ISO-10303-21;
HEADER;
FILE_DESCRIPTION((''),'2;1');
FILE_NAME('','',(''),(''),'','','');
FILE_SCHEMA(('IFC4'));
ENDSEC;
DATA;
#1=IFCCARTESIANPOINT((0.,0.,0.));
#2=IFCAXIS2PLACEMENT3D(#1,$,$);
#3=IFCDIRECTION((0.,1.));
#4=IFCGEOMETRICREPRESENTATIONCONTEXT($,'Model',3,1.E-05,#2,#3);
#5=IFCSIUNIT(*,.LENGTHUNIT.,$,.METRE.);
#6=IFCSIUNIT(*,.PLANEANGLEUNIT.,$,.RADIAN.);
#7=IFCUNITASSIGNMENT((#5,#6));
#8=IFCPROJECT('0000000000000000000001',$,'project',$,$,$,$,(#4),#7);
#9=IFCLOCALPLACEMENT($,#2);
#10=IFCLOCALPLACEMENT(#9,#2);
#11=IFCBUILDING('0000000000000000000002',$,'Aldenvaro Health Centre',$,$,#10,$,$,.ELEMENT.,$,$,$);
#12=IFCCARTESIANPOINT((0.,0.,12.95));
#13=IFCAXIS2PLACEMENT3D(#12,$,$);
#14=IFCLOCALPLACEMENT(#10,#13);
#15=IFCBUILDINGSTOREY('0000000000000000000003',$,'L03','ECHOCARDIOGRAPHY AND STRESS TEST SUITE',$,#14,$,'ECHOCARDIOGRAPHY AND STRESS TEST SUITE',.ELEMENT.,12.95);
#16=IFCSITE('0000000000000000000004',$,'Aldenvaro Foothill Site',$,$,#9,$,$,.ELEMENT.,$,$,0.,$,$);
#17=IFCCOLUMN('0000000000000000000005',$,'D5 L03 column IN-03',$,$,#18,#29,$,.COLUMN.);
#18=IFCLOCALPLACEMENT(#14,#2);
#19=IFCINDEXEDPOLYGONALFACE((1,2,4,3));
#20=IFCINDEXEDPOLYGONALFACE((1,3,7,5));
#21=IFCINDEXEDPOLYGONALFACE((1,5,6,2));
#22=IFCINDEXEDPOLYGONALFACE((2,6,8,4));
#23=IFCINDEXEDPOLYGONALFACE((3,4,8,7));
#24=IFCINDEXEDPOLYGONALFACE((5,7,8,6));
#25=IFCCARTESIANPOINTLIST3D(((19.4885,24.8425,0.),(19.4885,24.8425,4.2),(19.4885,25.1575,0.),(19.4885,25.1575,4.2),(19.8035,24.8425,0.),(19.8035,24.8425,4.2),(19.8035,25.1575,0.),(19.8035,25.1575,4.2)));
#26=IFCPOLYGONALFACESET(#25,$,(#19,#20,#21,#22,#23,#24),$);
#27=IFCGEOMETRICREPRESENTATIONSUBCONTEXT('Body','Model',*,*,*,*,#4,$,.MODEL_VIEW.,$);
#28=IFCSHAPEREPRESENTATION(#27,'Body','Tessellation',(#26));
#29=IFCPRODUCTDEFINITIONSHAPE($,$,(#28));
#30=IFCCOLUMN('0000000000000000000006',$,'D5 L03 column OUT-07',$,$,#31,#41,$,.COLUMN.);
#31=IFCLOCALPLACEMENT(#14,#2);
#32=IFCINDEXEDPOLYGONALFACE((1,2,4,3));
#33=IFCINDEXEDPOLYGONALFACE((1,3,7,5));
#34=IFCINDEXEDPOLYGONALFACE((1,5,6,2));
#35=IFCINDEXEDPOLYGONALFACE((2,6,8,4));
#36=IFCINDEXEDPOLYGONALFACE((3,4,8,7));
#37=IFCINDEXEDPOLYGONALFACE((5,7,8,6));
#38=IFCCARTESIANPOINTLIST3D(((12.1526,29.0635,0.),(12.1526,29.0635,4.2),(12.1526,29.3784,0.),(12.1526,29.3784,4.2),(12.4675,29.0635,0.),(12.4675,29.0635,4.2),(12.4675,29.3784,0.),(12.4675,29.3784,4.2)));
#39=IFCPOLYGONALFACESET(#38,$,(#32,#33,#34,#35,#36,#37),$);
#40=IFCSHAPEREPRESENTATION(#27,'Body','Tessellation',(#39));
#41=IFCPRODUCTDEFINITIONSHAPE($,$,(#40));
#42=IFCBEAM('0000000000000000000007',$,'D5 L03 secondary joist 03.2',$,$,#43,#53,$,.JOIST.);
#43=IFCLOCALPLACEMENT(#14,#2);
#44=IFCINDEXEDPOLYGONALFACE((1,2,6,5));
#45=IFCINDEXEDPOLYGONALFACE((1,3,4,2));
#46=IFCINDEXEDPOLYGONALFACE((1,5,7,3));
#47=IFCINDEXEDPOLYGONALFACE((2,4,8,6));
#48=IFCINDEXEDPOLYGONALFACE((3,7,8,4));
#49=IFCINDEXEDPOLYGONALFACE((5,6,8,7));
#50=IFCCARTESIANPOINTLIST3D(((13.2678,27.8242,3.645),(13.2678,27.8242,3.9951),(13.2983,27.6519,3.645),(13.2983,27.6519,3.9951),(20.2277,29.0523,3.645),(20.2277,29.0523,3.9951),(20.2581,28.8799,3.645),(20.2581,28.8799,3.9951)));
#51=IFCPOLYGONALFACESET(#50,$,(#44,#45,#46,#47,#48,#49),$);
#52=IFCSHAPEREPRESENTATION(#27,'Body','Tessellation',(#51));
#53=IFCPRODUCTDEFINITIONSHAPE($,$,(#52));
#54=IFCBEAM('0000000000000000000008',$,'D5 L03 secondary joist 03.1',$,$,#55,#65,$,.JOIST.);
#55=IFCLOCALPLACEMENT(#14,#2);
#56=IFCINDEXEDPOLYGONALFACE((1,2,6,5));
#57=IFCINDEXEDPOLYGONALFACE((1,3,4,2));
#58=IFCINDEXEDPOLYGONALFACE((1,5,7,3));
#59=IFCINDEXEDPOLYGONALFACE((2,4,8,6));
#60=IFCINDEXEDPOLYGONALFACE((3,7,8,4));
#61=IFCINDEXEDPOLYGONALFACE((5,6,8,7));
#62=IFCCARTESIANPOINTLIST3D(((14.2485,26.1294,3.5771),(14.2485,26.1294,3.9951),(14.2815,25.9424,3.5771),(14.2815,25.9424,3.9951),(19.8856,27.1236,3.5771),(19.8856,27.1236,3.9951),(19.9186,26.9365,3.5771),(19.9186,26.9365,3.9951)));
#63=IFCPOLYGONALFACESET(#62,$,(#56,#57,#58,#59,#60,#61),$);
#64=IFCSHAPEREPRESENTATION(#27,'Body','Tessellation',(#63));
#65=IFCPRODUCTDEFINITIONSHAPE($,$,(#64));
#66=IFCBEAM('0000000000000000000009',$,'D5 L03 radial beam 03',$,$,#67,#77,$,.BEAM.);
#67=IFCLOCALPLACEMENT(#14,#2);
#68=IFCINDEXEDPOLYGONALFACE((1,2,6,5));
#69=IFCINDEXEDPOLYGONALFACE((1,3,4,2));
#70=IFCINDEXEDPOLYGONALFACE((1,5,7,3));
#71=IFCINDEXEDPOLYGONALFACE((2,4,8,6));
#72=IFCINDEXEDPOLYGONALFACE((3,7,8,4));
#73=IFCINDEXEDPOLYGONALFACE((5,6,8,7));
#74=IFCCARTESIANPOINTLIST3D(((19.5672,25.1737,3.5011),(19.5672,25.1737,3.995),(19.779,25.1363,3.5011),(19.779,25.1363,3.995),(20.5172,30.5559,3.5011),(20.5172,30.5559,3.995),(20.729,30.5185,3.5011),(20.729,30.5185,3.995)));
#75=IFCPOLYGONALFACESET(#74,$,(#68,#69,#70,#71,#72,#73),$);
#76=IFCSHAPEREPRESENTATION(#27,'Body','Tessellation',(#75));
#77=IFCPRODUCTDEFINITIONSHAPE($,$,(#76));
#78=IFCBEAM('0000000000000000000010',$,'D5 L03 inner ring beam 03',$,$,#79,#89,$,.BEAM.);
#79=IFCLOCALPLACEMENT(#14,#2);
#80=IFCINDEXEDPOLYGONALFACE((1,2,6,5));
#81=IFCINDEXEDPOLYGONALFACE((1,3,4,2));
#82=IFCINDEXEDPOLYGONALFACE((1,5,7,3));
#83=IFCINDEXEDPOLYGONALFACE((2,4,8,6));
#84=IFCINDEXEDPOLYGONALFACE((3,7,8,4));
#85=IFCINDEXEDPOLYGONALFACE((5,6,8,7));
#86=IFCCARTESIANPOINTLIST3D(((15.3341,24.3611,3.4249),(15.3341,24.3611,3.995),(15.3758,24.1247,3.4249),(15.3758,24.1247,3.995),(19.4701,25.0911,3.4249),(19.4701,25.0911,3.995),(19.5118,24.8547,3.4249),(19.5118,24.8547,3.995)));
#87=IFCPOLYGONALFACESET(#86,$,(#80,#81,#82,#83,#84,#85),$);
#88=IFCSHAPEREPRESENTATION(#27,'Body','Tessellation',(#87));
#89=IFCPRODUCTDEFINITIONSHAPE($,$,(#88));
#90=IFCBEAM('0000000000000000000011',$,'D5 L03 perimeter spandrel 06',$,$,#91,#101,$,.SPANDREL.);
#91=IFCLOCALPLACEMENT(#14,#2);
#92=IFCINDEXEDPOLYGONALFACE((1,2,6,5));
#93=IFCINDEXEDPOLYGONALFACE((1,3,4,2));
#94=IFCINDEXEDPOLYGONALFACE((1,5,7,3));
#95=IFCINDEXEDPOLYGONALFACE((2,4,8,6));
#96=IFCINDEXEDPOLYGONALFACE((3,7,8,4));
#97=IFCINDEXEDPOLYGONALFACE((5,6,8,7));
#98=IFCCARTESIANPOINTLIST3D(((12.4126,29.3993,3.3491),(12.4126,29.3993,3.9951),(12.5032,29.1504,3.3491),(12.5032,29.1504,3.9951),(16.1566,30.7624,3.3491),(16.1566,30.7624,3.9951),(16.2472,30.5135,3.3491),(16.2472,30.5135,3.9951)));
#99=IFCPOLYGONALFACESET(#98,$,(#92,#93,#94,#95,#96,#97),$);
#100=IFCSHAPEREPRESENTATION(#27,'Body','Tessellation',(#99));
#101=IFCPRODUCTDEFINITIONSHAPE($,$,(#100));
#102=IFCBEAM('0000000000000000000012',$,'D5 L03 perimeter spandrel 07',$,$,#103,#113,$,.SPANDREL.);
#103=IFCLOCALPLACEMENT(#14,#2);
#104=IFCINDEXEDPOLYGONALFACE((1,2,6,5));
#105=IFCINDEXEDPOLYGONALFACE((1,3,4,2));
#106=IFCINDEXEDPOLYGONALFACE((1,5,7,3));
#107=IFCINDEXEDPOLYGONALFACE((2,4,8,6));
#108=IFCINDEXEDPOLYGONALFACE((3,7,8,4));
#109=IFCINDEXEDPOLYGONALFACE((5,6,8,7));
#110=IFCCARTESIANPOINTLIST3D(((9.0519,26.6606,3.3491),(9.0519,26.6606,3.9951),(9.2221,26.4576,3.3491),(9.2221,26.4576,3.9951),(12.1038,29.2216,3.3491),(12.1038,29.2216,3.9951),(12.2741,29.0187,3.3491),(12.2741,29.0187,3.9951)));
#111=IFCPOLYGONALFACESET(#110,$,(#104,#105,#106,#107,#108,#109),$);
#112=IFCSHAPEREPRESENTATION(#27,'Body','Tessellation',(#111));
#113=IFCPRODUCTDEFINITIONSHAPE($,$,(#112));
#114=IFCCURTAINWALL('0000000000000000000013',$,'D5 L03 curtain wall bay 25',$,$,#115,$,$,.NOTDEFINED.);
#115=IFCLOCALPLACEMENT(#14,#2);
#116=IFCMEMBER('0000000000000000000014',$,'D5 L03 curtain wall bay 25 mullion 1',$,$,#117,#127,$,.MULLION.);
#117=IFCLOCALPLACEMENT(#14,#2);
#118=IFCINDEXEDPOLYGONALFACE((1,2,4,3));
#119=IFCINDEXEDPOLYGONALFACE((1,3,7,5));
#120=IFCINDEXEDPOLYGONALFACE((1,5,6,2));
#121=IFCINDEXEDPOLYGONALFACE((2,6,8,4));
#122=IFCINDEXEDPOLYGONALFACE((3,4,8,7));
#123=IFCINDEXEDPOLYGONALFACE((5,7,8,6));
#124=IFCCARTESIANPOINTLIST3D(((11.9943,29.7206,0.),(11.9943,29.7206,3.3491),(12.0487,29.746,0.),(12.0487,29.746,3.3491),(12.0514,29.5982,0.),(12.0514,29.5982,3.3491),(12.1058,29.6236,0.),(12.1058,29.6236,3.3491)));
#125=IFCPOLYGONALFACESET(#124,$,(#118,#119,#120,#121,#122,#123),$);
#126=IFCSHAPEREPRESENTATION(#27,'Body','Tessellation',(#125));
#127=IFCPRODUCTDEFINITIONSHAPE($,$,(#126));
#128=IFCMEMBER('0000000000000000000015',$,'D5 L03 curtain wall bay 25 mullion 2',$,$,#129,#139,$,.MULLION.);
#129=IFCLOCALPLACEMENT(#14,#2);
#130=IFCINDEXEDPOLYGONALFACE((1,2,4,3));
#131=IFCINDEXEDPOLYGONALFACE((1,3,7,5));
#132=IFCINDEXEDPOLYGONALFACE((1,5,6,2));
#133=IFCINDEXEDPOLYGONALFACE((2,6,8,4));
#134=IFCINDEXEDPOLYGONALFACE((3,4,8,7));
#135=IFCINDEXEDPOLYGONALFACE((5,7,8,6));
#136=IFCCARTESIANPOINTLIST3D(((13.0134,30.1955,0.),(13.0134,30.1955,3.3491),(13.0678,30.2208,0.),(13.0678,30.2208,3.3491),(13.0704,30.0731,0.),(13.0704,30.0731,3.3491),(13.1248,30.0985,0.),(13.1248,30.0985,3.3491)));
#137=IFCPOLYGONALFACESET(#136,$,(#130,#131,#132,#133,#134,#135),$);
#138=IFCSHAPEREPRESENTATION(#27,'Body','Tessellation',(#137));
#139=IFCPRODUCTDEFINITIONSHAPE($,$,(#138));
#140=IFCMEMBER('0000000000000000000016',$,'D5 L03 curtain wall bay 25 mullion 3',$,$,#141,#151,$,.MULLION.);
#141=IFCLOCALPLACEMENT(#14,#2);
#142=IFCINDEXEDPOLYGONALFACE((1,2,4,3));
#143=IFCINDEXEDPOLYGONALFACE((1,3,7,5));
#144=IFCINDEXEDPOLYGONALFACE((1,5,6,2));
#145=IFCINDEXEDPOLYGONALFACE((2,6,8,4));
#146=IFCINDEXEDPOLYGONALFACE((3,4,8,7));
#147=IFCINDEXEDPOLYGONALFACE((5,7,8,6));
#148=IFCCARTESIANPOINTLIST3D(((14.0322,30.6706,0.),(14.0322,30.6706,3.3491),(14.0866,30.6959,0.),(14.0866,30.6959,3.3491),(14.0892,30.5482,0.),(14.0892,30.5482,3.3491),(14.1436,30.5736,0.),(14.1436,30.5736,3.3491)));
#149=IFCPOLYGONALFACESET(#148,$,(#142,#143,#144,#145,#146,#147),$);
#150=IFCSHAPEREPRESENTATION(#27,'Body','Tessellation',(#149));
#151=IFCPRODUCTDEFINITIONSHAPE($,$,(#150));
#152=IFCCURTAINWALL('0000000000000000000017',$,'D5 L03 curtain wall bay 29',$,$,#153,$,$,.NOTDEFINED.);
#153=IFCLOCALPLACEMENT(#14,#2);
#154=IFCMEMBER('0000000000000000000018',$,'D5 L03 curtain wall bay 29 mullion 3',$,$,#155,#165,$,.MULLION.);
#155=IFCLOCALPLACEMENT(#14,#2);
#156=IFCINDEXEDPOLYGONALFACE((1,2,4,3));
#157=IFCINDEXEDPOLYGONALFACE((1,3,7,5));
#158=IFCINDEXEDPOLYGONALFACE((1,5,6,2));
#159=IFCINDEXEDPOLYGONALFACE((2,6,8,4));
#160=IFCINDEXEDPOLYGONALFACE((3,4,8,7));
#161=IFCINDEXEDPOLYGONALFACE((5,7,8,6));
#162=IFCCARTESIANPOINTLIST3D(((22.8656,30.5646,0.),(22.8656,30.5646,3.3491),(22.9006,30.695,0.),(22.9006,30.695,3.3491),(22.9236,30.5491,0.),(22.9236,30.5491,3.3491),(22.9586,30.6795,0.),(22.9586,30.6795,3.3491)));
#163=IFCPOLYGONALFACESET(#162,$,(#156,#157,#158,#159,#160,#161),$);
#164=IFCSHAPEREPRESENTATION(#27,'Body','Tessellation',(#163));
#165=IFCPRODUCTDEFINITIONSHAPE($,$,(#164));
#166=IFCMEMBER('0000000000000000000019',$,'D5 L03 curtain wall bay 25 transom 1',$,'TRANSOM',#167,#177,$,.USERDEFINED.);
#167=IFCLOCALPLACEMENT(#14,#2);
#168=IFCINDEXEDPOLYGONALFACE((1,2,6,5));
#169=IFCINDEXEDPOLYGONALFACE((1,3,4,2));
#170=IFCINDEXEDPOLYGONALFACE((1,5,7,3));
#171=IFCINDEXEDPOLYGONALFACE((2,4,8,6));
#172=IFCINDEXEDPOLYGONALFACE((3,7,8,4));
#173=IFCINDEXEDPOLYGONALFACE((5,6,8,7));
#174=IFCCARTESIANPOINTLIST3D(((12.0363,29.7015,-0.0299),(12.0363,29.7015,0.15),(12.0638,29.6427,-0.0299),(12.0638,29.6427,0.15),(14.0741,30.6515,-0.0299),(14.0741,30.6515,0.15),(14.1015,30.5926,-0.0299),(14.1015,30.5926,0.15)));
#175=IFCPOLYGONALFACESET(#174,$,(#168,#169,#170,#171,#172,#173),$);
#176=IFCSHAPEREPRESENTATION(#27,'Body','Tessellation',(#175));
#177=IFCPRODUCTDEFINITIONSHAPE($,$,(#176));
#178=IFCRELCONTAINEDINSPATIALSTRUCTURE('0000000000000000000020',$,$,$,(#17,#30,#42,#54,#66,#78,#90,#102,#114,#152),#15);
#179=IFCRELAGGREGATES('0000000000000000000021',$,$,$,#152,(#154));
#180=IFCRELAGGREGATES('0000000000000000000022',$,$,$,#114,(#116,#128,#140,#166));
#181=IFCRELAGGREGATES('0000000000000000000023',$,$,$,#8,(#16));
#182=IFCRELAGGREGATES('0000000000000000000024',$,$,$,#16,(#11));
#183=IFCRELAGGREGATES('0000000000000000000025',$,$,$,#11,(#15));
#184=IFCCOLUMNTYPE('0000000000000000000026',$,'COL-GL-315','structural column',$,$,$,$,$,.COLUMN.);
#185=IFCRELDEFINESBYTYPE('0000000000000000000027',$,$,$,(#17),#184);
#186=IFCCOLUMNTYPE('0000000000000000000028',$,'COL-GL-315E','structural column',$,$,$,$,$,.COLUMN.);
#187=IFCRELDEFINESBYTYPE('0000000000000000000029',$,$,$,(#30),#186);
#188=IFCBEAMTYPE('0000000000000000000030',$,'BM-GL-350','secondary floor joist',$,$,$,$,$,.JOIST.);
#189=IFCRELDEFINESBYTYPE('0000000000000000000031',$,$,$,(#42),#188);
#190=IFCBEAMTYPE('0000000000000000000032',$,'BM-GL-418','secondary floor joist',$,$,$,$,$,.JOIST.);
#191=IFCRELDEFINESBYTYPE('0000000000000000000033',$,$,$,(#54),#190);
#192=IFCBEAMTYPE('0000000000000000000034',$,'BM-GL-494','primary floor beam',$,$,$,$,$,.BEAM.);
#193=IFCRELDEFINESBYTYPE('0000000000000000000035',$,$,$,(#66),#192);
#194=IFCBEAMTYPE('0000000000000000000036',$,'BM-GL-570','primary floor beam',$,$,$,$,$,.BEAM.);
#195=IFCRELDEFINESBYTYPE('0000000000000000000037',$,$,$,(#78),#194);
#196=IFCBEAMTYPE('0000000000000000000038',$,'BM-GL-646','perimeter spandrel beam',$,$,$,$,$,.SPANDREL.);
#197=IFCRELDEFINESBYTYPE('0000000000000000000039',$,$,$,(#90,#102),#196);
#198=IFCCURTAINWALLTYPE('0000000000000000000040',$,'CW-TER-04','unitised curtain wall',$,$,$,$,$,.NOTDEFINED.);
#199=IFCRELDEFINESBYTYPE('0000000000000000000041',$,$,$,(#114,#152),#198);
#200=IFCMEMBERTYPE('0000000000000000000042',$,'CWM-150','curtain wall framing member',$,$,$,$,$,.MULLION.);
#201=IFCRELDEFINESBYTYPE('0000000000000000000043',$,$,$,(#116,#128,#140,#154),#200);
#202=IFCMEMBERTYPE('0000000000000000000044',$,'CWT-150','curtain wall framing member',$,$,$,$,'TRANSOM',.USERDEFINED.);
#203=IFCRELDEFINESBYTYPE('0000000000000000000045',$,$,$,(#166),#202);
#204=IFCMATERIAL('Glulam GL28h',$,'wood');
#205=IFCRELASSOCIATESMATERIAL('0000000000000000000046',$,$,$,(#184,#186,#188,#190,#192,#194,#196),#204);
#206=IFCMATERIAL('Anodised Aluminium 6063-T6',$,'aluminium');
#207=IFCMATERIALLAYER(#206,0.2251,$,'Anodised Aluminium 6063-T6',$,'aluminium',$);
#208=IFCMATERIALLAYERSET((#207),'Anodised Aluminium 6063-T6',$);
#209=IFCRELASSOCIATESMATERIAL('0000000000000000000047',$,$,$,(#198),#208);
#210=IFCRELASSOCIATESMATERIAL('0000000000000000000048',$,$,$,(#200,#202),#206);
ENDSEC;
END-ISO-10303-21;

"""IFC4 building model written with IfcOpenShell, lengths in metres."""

from ifc_helpers import new_model, si_unit, direction, frame, origin, origin_2d, place, context, subcontext, project, spatial, rectangle, extrude, material, layer, layer_set, material_profile, profile_set, type_object, element, aggregate, save


model = new_model("IFC4")

# Units and contexts
model_context = context("Model", 3, precision=1e-05, world=origin(), true_north=direction((0.0, 1.0)))
body_context = subcontext(model_context, "Body", "Model", "MODEL_VIEW")
ifc_project = project(units=[si_unit("LENGTHUNIT", "METRE"), si_unit("PLANEANGLEUNIT", "RADIAN")], contexts=[model_context])

# Site, building, storey
site_placement = place(None, origin())
site = spatial("IfcSite", under=ifc_project, at=site_placement, Name="Aldenvaro Foothill Site", CompositionType="ELEMENT", RefElevation=0.0)
building_placement = place(site_placement, origin())
building = spatial("IfcBuilding", under=site, at=building_placement, Name="Aldenvaro Health Centre", CompositionType="ELEMENT")
storey_placement = place(building_placement, frame((0.0, 0.0, 12.95)))
storey = spatial("IfcBuildingStorey", under=building, at=storey_placement, Name="L03", Description="ECHOCARDIOGRAPHY AND STRESS TEST SUITE", LongName="ECHOCARDIOGRAPHY AND STRESS TEST SUITE", CompositionType="ELEMENT", Elevation=12.95)

# Columns
ifc_material_1 = material(Name="Glulam GL28h", Category="wood")
ifc_material_profile_1 = material_profile(ifc_material_1, rectangle(XDim=0.3149, YDim=0.3149, at=origin_2d()), Name="GL 315x315", Category="wood")
ifc_profile_set_1 = profile_set([ifc_material_profile_1], Name="Glulam GL28h")
column_type_1 = type_object("IfcColumnType", Name="COL-GL-315", Description="structural column", PredefinedType="COLUMN", material=ifc_profile_set_1)
column_1_placement = place(storey_placement, frame((19.646, 25.0, 0.0), z_axis=(0.0, 0.0, 1.0), x_axis=(1.0, 0.0, 0.0)))
element("IfcColumn", 1, at=column_1_placement, inside=storey, type_object=column_type_1, Name="D5 L03 column IN-03", PredefinedType="COLUMN", context=body_context, shape_type="SweptSolid", body=[
    extrude(rectangle(XDim=0.3149, YDim=0.3149, at=origin_2d()), origin(), (0.0, 0.0, 1.0), 4.2),
])
ifc_material_profile_2 = material_profile(ifc_material_1, rectangle(XDim=0.3149, YDim=0.3149, at=origin_2d()), Name="GL 315x315", Category="wood")
ifc_profile_set_2 = profile_set([ifc_material_profile_2], Name="Glulam GL28h")
column_type_2 = type_object("IfcColumnType", Name="COL-GL-315E", Description="structural column", PredefinedType="COLUMN", material=ifc_profile_set_2)
column_2_placement = place(storey_placement, frame((12.3101, 29.2209, 0.0), z_axis=(0.0, 0.0, 1.0), x_axis=(1.0, 0.0, 0.0)))
element("IfcColumn", 2, at=column_2_placement, inside=storey, type_object=column_type_2, Name="D5 L03 column OUT-07", PredefinedType="COLUMN", context=body_context, shape_type="SweptSolid", body=[
    extrude(rectangle(XDim=0.3149, YDim=0.3149, at=origin_2d()), origin(), (0.0, 0.0, 1.0), 4.2),
])

# Beams
ifc_material_profile_3 = material_profile(ifc_material_1, rectangle(XDim=0.175, YDim=0.3501, at=origin_2d()), Name="GL 175x350", Category="wood")
ifc_profile_set_3 = profile_set([ifc_material_profile_3], Name="Glulam GL28h")
beam_type_1 = type_object("IfcBeamType", Name="BM-GL-350", Description="secondary floor joist", PredefinedType="JOIST", material=ifc_profile_set_3)
beam_1_placement = place(storey_placement, frame((20.2429, 28.9661, 3.8201), z_axis=(-0.984788, -0.173758, 0.0), x_axis=(0.173758, -0.984788, 0.0)))
element("IfcBeam", 3, at=beam_1_placement, inside=storey, type_object=beam_type_1, Name="D5 L03 secondary joist 03.2", PredefinedType="JOIST", context=body_context, shape_type="SweptSolid", body=[
    extrude(rectangle(XDim=0.175, YDim=0.3501, at=origin_2d()), origin(), (0.0, 0.0, 1.0), 7.0674),
])
ifc_material_profile_4 = material_profile(ifc_material_1, rectangle(XDim=0.1899, YDim=0.418, at=origin_2d()), Name="GL 190x418", Category="wood")
ifc_profile_set_4 = profile_set([ifc_material_profile_4], Name="Glulam GL28h")
beam_type_2 = type_object("IfcBeamType", Name="BM-GL-418", Description="secondary floor joist", PredefinedType="JOIST", material=ifc_profile_set_4)
beam_2_placement = place(storey_placement, frame((19.9021, 27.03, 3.7861), z_axis=(-0.984803, -0.173673, 0.0), x_axis=(0.173673, -0.984803, 0.0)))
element("IfcBeam", 4, at=beam_2_placement, inside=storey, type_object=beam_type_2, Name="D5 L03 secondary joist 03.1", PredefinedType="JOIST", context=body_context, shape_type="SweptSolid", body=[
    extrude(rectangle(XDim=0.1899, YDim=0.418, at=origin_2d()), origin(), (0.0, 0.0, 1.0), 5.7241),
])
ifc_material_profile_5 = material_profile(ifc_material_1, rectangle(XDim=0.2151, YDim=0.4939, at=origin_2d()), Name="GL 215x494", Category="wood")
ifc_profile_set_5 = profile_set([ifc_material_profile_5], Name="Glulam GL28h")
beam_type_3 = type_object("IfcBeamType", Name="BM-GL-494", Description="primary floor beam", PredefinedType="BEAM", material=ifc_profile_set_5)
beam_3_placement = place(storey_placement, frame((19.6731, 25.155, 3.748), z_axis=(0.173816, 0.984778, 0.0), x_axis=(-0.984778, 0.173816, 0.0)))
element("IfcBeam", 5, at=beam_3_placement, inside=storey, type_object=beam_type_3, Name="D5 L03 radial beam 03", PredefinedType="BEAM", context=body_context, shape_type="SweptSolid", body=[
    extrude(rectangle(XDim=0.2151, YDim=0.4939, at=origin_2d()), origin(), (0.0, 0.0, 1.0), 5.4653),
])
ifc_material_profile_6 = material_profile(ifc_material_1, rectangle(XDim=0.24, YDim=0.5701, at=origin_2d()), Name="GL 240x570", Category="wood")
ifc_profile_set_6 = profile_set([ifc_material_profile_6], Name="Glulam GL28h")
beam_type_4 = type_object("IfcBeamType", Name="BM-GL-570", Description="primary floor beam", PredefinedType="BEAM", material=ifc_profile_set_6)
beam_4_placement = place(storey_placement, frame((19.491, 24.9729, 3.71), z_axis=(-0.984779, -0.173809, 0.0), x_axis=(0.173809, -0.984779, 0.0)))
element("IfcBeam", 6, at=beam_4_placement, inside=storey, type_object=beam_type_4, Name="D5 L03 inner ring beam 03", PredefinedType="BEAM", context=body_context, shape_type="SweptSolid", body=[
    extrude(rectangle(XDim=0.24, YDim=0.5701, at=origin_2d()), origin(), (0.0, 0.0, 1.0), 4.2),
])
ifc_material_profile_7 = material_profile(ifc_material_1, rectangle(XDim=0.2649, YDim=0.646, at=origin_2d()), Name="GL 265x646", Category="wood")
ifc_profile_set_7 = profile_set([ifc_material_profile_7], Name="Glulam GL28h")
beam_type_5 = type_object("IfcBeamType", Name="BM-GL-646", Description="perimeter spandrel beam", PredefinedType="SPANDREL", material=ifc_profile_set_7)
beam_5_placement = place(storey_placement, frame((16.2019, 30.6379, 3.6721), z_axis=(-0.939663, -0.342102, 0.0), x_axis=(0.342102, -0.939663, 0.0)))
element("IfcBeam", 7, at=beam_5_placement, inside=storey, type_object=beam_type_5, Name="D5 L03 perimeter spandrel 06", PredefinedType="SPANDREL", context=body_context, shape_type="SweptSolid", body=[
    extrude(rectangle(XDim=0.2649, YDim=0.646, at=origin_2d()), origin(), (0.0, 0.0, 1.0), 3.9844),
])
beam_6_placement = place(storey_placement, frame((12.189, 29.1201, 3.6721), z_axis=(-0.766032, -0.642803, 0.0), x_axis=(0.642803, -0.766032, 0.0)))
element("IfcBeam", 8, at=beam_6_placement, inside=storey, type_object=beam_type_5, Name="D5 L03 perimeter spandrel 07", PredefinedType="SPANDREL", context=body_context, shape_type="SweptSolid", body=[
    extrude(rectangle(XDim=0.2649, YDim=0.646, at=origin_2d()), origin(), (0.0, 0.0, 1.0), 3.9841),
])

# Curtain wall, members
ifc_material_2 = material(Name="Anodised Aluminium 6063-T6", Category="aluminium")
ifc_layer_1 = layer(ifc_material_2, 0.2251, Name="Anodised Aluminium 6063-T6", Category="aluminium")
ifc_layer_set_1 = layer_set([ifc_layer_1], Name="Anodised Aluminium 6063-T6")
curtain_wall_type = type_object("IfcCurtainWallType", Name="CW-TER-04", Description="unitised curtain wall", PredefinedType="NOTDEFINED", material=ifc_layer_set_1)
curtain_wall_1_placement = place(storey_placement, origin())
curtain_wall_1 = element("IfcCurtainWall", 9, at=curtain_wall_1_placement, inside=storey, type_object=curtain_wall_type, Name="D5 L03 curtain wall bay 25", PredefinedType="NOTDEFINED")
ifc_material_profile_8 = material_profile(ifc_material_2, rectangle(XDim=0.0601, YDim=0.135, at=origin_2d()), Name="ALU 60x135", Category="aluminium")
ifc_profile_set_8 = profile_set([ifc_material_profile_8], Name="Anodised Aluminium 6063-T6")
member_type_1 = type_object("IfcMemberType", Name="CWM-150", Description="curtain wall framing member", PredefinedType="MULLION", material=ifc_profile_set_8)
member_1_placement = place(storey_placement, frame((12.05, 29.6721, 0.0), z_axis=(0.0, 0.0, 1.0), x_axis=(0.906365, 0.422496, 0.0)))
member_1 = element("IfcMember", 10, at=member_1_placement, type_object=member_type_1, Name="D5 L03 curtain wall bay 25 mullion 1", PredefinedType="MULLION", context=body_context, shape_type="SweptSolid", body=[
    extrude(rectangle(XDim=0.0601, YDim=0.135, at=origin_2d()), origin(), (0.0, 0.0, 1.0), 3.3491),
])
member_2_placement = place(storey_placement, frame((13.0691, 30.147, 0.0), z_axis=(0.0, 0.0, 1.0), x_axis=(0.906365, 0.422496, 0.0)))
member_2 = element("IfcMember", 11, at=member_2_placement, type_object=member_type_1, Name="D5 L03 curtain wall bay 25 mullion 2", PredefinedType="MULLION", context=body_context, shape_type="SweptSolid", body=[
    extrude(rectangle(XDim=0.0601, YDim=0.135, at=origin_2d()), origin(), (0.0, 0.0, 1.0), 3.3491),
])
member_3_placement = place(storey_placement, frame((14.0879, 30.6221, 0.0), z_axis=(0.0, 0.0, 1.0), x_axis=(0.906365, 0.422496, 0.0)))
member_3 = element("IfcMember", 12, at=member_3_placement, type_object=member_type_1, Name="D5 L03 curtain wall bay 25 mullion 3", PredefinedType="MULLION", context=body_context, shape_type="SweptSolid", body=[
    extrude(rectangle(XDim=0.0601, YDim=0.135, at=origin_2d()), origin(), (0.0, 0.0, 1.0), 3.3491),
])

# Curtain wall, member
curtain_wall_2_placement = place(storey_placement, origin())
curtain_wall_2 = element("IfcCurtainWall", 13, at=curtain_wall_2_placement, inside=storey, type_object=curtain_wall_type, Name="D5 L03 curtain wall bay 29", PredefinedType="NOTDEFINED")
member_4_placement = place(storey_placement, frame((22.9121, 30.6221, 0.0), z_axis=(0.0, 0.0, 1.0), x_axis=(0.965924, -0.258825, 0.0)))
member_4 = element("IfcMember", 14, at=member_4_placement, type_object=member_type_1, Name="D5 L03 curtain wall bay 29 mullion 3", PredefinedType="MULLION", context=body_context, shape_type="SweptSolid", body=[
    extrude(rectangle(XDim=0.0601, YDim=0.135, at=origin_2d()), origin(), (0.0, 0.0, 1.0), 3.3491),
])
aggregate(curtain_wall_2, [member_4])

# Member
ifc_material_profile_9 = material_profile(ifc_material_2, rectangle(XDim=0.0649, YDim=0.1799, at=origin_2d()), Name="ALU 65x180", Category="aluminium")
ifc_profile_set_9 = profile_set([ifc_material_profile_9], Name="Anodised Aluminium 6063-T6")
member_type_2 = type_object("IfcMemberType", Name="CWT-150", Description="curtain wall framing member", ElementType="TRANSOM", PredefinedType="USERDEFINED", material=ifc_profile_set_9)
member_5_placement = place(storey_placement, frame((12.05, 29.6721, 0.0601), z_axis=(0.906361, 0.422505, 0.0), x_axis=(-0.422505, 0.906361, 0.0)))
member_5 = element("IfcMember", 15, at=member_5_placement, type_object=member_type_2, Name="D5 L03 curtain wall bay 25 transom 1", ObjectType="TRANSOM", PredefinedType="USERDEFINED", context=body_context, shape_type="SweptSolid", body=[
    extrude(rectangle(XDim=0.0649, YDim=0.1799, at=origin_2d()), origin(), (0.0, 0.0, 1.0), 2.2483),
])

aggregate(curtain_wall_1, [member_1, member_2, member_3, member_5])

save(model, "model.ifc")
